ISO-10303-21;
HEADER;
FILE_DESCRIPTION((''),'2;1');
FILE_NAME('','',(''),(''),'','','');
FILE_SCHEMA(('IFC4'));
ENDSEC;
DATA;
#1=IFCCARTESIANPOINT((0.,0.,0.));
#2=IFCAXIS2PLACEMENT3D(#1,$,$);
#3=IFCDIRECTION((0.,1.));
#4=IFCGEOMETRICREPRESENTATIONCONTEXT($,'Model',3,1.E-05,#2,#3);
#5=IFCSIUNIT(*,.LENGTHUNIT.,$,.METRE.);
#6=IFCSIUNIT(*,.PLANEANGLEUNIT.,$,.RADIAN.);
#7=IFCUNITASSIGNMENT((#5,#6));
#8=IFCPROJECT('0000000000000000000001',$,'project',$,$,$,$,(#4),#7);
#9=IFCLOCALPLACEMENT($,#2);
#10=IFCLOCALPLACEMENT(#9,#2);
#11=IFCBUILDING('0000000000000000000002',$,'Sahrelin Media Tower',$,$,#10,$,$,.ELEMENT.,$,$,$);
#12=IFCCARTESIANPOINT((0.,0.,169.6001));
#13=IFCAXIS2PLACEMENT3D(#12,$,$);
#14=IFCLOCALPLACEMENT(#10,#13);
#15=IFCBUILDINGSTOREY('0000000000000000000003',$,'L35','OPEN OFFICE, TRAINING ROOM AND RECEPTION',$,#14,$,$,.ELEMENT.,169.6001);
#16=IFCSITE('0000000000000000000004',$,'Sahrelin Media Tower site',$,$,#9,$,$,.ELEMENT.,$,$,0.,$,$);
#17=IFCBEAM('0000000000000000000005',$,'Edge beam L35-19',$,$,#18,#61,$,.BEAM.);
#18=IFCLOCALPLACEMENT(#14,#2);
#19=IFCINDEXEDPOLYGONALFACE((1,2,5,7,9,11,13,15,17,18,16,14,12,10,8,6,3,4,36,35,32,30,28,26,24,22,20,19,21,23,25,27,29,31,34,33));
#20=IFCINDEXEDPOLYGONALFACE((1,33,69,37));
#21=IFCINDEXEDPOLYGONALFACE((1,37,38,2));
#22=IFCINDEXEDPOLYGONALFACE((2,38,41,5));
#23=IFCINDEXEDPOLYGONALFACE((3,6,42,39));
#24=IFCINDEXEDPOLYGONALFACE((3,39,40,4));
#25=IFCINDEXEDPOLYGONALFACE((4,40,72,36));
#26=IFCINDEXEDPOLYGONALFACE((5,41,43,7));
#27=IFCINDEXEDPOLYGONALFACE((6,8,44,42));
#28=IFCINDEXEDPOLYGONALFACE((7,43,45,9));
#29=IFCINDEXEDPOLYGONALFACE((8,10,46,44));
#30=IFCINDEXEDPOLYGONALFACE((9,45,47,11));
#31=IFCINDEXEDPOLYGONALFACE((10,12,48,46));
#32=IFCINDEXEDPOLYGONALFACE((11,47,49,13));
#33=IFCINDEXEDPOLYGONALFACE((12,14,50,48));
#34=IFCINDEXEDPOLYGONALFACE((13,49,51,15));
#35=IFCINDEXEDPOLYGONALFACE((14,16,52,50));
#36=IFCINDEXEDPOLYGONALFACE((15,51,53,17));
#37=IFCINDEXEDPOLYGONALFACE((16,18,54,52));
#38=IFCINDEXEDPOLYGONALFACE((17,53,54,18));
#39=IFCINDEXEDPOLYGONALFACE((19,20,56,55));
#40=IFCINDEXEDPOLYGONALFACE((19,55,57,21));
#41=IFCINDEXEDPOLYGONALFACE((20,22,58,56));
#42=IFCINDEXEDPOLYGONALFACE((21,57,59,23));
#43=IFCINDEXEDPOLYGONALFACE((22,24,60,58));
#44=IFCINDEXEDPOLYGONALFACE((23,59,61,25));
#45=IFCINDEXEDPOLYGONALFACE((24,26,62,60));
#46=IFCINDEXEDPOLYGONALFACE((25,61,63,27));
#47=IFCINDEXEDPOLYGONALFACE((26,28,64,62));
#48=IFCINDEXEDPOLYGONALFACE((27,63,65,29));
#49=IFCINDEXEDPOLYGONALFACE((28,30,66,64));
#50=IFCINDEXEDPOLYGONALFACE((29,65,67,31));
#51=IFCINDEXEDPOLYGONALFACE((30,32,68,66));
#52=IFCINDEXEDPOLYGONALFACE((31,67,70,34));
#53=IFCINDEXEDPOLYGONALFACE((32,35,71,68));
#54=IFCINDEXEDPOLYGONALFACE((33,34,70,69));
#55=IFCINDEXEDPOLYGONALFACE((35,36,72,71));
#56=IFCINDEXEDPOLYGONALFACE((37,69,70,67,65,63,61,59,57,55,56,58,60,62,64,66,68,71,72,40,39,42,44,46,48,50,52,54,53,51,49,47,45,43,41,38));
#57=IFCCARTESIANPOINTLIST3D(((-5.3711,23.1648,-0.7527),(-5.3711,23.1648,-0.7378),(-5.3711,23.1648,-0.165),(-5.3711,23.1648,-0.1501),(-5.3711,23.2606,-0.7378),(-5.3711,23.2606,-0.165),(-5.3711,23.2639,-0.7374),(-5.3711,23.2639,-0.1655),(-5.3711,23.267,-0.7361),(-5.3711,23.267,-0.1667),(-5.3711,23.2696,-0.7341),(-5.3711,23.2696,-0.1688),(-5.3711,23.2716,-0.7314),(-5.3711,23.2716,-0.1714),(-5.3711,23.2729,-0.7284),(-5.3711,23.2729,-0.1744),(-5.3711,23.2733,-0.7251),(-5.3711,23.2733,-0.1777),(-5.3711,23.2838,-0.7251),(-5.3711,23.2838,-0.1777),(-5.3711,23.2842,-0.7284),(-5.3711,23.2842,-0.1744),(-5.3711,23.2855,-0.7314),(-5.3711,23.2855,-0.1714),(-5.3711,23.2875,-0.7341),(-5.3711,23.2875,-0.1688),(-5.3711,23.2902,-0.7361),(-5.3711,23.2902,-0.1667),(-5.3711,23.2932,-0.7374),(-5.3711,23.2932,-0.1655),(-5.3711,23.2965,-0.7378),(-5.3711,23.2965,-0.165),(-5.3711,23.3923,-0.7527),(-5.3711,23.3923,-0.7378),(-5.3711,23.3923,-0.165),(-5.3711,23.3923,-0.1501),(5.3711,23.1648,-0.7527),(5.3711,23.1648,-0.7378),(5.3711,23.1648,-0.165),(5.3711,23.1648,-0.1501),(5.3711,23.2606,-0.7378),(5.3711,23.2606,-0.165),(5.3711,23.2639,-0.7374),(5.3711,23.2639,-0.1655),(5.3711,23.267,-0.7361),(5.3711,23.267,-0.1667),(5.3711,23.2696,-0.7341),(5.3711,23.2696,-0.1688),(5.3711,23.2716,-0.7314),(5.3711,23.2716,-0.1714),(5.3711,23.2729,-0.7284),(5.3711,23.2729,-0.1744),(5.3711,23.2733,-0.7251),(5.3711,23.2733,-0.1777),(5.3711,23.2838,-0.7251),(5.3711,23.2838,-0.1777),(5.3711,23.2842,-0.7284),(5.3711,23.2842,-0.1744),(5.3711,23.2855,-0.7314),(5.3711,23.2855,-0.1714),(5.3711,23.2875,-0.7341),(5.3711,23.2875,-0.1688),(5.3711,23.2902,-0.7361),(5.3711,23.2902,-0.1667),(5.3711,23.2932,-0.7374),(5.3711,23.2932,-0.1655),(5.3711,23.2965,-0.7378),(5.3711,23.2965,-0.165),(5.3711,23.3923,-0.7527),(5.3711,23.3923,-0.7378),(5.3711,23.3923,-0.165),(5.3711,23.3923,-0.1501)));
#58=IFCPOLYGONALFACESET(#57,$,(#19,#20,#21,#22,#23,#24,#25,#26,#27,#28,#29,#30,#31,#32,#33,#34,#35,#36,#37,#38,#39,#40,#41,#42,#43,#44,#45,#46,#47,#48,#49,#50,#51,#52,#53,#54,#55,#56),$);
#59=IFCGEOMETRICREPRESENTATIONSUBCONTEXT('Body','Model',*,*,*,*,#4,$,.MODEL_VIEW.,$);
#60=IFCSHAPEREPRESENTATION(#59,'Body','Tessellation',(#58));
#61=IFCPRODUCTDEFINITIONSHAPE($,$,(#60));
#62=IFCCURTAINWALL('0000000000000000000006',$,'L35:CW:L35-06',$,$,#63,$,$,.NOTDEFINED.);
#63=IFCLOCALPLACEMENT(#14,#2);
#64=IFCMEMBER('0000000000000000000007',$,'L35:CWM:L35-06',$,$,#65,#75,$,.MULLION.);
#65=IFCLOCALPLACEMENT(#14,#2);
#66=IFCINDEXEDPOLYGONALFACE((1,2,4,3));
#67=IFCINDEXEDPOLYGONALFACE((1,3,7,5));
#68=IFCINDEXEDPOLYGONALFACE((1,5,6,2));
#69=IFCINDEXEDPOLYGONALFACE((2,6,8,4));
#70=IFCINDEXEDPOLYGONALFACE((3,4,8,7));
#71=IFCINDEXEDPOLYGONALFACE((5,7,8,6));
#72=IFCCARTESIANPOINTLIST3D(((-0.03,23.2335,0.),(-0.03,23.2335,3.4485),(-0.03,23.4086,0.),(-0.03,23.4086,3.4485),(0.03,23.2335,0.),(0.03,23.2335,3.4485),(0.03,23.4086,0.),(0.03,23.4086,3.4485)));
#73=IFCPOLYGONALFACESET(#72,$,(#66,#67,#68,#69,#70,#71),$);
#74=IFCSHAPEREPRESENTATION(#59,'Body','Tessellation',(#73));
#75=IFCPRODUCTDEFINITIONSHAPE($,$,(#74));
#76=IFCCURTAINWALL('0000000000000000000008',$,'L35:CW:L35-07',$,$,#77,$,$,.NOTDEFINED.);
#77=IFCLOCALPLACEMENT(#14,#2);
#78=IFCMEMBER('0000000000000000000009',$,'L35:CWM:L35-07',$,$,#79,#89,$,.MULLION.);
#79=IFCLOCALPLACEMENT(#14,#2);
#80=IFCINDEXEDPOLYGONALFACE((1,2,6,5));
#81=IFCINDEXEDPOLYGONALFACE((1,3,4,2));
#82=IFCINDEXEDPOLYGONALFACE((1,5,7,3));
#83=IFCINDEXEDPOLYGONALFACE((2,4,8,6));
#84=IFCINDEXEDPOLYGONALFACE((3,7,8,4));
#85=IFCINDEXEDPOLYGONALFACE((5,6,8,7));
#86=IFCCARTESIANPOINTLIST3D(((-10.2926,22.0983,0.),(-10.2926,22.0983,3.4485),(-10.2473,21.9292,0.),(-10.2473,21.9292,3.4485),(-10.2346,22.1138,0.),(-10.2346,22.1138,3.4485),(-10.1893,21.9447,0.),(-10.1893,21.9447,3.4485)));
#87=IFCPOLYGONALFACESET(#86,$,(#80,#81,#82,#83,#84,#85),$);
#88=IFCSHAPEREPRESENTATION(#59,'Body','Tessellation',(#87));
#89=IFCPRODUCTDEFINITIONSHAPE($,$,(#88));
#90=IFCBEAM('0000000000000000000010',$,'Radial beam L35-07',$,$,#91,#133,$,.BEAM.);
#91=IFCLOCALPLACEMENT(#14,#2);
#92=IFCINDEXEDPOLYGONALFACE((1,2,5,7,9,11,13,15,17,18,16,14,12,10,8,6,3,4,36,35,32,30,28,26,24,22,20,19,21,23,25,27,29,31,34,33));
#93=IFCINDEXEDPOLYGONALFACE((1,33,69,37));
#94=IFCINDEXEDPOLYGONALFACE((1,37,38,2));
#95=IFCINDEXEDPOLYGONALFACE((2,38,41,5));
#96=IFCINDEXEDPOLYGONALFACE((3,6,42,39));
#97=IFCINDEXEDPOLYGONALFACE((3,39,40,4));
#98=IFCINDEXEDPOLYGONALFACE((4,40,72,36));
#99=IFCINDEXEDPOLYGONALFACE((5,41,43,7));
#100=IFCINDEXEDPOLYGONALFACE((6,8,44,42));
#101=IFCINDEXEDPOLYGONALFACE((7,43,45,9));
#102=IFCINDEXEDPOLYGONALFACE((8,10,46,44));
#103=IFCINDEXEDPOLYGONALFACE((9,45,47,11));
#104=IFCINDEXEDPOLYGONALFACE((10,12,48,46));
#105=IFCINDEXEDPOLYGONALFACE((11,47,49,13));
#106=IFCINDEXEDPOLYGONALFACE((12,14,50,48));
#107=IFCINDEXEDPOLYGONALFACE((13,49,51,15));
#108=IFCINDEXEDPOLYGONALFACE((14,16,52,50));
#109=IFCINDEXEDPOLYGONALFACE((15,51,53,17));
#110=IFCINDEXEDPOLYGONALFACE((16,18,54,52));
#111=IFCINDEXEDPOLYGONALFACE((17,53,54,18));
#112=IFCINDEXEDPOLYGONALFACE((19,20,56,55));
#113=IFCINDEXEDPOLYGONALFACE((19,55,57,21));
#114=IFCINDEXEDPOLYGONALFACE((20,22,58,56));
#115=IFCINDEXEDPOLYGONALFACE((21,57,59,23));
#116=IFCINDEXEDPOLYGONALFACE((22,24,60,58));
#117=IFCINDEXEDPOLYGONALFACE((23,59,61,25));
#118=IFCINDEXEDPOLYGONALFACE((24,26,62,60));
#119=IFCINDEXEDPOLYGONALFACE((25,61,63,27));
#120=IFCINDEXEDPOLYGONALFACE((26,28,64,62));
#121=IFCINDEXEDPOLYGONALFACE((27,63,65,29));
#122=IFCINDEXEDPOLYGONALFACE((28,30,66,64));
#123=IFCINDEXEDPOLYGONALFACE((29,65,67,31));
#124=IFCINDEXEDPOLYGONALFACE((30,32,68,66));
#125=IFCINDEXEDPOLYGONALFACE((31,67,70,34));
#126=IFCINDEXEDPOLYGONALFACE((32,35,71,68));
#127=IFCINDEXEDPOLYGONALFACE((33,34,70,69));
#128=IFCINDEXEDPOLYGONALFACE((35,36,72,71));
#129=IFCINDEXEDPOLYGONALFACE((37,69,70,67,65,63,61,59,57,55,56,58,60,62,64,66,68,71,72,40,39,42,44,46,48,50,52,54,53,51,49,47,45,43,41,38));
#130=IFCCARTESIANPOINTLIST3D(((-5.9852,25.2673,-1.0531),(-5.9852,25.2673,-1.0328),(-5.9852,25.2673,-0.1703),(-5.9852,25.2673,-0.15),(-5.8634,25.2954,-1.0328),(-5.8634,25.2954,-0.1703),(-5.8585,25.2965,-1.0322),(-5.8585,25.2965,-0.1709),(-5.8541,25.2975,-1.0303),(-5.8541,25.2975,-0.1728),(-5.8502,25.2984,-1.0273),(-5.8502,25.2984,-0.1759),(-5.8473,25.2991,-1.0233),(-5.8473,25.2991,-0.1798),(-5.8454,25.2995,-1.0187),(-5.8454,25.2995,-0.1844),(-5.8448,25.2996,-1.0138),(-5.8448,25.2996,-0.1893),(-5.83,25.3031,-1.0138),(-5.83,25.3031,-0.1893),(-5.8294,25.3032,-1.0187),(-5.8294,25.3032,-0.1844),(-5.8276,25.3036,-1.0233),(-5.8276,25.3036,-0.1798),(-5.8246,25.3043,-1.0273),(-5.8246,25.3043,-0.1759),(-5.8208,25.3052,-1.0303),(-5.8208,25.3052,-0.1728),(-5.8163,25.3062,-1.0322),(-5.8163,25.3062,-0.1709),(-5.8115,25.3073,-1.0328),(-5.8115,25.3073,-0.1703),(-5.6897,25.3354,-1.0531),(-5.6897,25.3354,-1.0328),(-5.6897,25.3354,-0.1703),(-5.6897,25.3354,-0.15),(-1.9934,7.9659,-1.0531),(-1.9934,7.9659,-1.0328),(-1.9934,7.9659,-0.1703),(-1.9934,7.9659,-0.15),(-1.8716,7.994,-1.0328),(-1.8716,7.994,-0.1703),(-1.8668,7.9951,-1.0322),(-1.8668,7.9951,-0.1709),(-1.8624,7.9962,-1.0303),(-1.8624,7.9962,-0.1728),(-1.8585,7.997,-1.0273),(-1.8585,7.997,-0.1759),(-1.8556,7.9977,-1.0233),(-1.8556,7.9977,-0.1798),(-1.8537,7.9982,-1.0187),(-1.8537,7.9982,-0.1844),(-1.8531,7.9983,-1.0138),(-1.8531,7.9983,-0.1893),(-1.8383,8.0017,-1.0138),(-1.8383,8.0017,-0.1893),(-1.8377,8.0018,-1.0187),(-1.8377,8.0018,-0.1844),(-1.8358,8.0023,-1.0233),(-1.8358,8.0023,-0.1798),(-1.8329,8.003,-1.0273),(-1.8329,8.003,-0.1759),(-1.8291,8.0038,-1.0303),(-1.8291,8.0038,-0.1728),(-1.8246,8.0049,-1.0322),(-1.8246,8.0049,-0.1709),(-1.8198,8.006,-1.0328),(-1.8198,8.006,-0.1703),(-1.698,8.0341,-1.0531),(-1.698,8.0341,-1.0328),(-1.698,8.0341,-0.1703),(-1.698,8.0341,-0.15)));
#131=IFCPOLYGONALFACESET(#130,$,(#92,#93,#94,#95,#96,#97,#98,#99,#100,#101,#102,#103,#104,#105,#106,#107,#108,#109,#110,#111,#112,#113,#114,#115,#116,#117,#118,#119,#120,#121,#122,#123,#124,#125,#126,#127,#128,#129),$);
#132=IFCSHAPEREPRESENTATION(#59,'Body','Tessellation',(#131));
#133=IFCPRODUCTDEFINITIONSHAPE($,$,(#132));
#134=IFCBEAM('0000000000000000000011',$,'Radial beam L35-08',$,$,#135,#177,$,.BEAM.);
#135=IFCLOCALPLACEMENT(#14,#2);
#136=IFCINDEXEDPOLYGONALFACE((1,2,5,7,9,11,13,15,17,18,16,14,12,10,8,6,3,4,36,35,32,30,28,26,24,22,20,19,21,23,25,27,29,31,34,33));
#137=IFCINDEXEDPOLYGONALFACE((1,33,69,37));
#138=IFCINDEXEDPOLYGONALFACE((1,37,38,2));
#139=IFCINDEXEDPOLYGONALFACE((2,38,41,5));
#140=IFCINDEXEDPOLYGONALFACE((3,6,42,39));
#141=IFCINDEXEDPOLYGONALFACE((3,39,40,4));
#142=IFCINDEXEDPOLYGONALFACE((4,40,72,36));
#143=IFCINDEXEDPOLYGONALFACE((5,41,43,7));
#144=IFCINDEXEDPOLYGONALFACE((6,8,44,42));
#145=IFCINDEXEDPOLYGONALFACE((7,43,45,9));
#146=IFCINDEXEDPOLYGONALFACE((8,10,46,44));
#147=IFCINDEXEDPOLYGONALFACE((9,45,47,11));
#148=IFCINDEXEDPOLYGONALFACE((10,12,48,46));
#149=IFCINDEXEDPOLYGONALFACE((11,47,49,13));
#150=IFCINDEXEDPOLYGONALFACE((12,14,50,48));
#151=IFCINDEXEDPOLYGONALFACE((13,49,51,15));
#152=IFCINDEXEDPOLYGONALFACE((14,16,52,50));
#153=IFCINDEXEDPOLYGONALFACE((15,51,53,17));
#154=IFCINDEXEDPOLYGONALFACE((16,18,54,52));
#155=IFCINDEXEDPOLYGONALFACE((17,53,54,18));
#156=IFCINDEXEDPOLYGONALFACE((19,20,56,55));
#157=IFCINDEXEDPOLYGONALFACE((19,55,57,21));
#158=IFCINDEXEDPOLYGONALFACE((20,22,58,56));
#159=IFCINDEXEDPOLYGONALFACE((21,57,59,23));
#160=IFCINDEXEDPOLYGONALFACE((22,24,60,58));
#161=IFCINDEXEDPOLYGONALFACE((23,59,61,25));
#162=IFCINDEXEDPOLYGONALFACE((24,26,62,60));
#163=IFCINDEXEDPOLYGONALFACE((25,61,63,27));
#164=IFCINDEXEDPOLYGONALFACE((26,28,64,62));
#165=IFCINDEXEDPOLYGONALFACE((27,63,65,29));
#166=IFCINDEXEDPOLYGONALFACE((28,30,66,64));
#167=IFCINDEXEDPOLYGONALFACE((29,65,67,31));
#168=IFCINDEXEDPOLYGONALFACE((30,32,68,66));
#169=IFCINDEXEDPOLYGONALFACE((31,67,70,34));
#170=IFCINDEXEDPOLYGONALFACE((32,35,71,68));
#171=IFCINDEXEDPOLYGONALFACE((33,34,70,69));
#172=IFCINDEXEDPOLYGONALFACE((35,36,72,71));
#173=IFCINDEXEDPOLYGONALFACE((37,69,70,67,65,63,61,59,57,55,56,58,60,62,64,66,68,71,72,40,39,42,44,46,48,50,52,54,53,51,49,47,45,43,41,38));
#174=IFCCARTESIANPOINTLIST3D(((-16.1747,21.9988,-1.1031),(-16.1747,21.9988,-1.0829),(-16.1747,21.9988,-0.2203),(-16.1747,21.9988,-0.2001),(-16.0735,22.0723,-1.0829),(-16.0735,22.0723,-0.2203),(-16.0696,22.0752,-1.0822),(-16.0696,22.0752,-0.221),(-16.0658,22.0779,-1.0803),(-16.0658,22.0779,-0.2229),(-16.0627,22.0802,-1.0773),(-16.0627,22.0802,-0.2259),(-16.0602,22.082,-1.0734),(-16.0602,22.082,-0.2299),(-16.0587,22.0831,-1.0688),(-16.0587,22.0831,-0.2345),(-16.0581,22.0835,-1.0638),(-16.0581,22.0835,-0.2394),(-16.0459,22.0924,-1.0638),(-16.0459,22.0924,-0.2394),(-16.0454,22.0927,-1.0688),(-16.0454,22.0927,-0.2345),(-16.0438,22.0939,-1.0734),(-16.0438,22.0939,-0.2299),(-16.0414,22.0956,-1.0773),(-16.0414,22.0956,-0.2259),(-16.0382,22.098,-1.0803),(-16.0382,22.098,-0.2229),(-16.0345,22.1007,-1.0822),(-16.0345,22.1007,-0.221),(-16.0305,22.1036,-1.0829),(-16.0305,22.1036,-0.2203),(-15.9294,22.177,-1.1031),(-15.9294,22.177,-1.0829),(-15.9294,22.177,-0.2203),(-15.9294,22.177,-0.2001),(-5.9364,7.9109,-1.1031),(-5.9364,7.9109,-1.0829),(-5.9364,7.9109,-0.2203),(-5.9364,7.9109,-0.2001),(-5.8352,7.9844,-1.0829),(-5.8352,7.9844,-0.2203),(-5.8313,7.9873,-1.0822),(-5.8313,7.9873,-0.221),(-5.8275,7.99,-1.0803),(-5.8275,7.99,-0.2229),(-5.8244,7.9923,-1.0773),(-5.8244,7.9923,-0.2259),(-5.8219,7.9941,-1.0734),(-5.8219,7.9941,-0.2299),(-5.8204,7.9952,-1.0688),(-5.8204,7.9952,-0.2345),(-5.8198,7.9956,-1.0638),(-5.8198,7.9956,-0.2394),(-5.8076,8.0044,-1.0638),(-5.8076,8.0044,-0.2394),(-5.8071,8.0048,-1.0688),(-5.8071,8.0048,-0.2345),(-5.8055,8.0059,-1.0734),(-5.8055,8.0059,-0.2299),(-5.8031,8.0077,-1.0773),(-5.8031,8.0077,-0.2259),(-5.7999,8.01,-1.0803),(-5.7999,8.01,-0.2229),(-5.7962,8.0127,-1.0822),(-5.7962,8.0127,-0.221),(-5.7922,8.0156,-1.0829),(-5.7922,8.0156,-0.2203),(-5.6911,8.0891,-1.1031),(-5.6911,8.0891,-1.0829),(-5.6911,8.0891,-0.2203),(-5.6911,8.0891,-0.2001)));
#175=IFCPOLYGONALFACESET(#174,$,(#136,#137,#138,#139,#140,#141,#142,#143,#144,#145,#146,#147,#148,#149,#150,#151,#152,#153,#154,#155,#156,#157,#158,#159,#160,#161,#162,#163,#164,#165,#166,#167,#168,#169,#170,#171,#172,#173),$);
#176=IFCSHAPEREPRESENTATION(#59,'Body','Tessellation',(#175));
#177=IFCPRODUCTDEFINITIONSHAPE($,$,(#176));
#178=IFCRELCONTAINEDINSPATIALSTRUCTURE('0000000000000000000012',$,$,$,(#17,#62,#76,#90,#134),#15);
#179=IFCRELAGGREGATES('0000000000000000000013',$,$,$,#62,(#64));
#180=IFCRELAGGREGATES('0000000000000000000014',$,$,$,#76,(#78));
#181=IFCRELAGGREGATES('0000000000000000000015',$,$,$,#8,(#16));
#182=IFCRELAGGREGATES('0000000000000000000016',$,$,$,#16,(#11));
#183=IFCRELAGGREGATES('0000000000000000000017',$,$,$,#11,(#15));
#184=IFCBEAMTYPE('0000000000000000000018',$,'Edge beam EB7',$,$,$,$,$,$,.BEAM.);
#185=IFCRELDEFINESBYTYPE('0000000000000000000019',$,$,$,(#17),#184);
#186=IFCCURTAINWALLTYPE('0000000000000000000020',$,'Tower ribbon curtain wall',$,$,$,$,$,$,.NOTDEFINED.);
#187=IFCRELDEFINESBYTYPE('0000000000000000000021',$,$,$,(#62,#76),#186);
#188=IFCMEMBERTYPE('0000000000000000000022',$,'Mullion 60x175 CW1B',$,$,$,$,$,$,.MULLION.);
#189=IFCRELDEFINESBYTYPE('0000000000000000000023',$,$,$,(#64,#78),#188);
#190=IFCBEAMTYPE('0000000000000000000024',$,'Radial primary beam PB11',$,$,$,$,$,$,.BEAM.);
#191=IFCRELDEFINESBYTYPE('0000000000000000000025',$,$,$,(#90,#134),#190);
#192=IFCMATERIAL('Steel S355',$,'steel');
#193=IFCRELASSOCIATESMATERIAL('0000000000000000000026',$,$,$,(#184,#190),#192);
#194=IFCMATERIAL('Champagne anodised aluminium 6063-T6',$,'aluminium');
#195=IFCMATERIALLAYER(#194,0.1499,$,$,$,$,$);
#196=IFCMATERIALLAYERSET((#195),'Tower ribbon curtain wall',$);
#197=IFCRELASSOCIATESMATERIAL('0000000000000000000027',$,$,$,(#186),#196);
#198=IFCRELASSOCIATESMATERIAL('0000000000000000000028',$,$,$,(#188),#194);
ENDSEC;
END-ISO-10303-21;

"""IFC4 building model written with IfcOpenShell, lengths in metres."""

from ifc_helpers import new_model, si_unit, direction, frame, origin, origin_2d, place, context, subcontext, project, spatial, rectangle, i_section, extrude, material, layer, layer_set, material_profile, profile_set, type_object, element, aggregate, save


model = new_model("IFC4")

# Units and contexts
model_context = context("Model", 3, precision=1e-05, world=origin(), true_north=direction((0.0, 1.0)))
body_context = subcontext(model_context, "Body", "Model", "MODEL_VIEW")
ifc_project = project(units=[si_unit("LENGTHUNIT", "METRE"), si_unit("PLANEANGLEUNIT", "RADIAN")], contexts=[model_context])

# Site, building, storey
site_placement = place(None, origin())
site = spatial("IfcSite", under=ifc_project, at=site_placement, Name="Sahrelin Media Tower site", CompositionType="ELEMENT", RefElevation=0.0)
building_placement = place(site_placement, origin())
building = spatial("IfcBuilding", under=site, at=building_placement, Name="Sahrelin Media Tower", CompositionType="ELEMENT")
storey_placement = place(building_placement, frame((0.0, 0.0, 169.6001)))
storey = spatial("IfcBuildingStorey", under=building, at=storey_placement, Name="L35", Description="OPEN OFFICE, TRAINING ROOM AND RECEPTION", CompositionType="ELEMENT", Elevation=169.6001)

# Beam
ifc_material_1 = material(Name="Steel S355", Category="steel")
ifc_material_profile_1 = material_profile(ifc_material_1, i_section(OverallWidth=0.2275, OverallDepth=0.6025, WebThickness=0.0105, FlangeThickness=0.0149, FilletRadius=0.0127, at=origin_2d()), Name="UB 610x229x101")
ifc_profile_set_1 = profile_set([ifc_material_profile_1], Name="Steel S355")
beam_type_1 = type_object("IfcBeamType", Name="Edge beam EB7", PredefinedType="BEAM", material=ifc_profile_set_1)
beam_1_placement = place(storey_placement, frame((-5.3711, 23.2786, -0.4514), z_axis=(1.0, 0.0, 0.0), x_axis=(0.0, 1.0, 0.0)))
element("IfcBeam", 1, at=beam_1_placement, inside=storey, type_object=beam_type_1, Name="Edge beam L35-19", PredefinedType="BEAM", context=body_context, shape_type="SweptSolid", body=[
    extrude(i_section(OverallWidth=0.2275, OverallDepth=0.6025, WebThickness=0.0105, FlangeThickness=0.0149, FilletRadius=0.0127, at=origin_2d()), origin(), (0.0, 0.0, 1.0), 10.7422),
])

# Curtain walls, members
ifc_material_2 = material(Name="Champagne anodised aluminium 6063-T6", Category="aluminium")
ifc_layer_1 = layer(ifc_material_2, 0.1499)
ifc_layer_set_1 = layer_set([ifc_layer_1], Name="Tower ribbon curtain wall")
curtain_wall_type = type_object("IfcCurtainWallType", Name="Tower ribbon curtain wall", PredefinedType="NOTDEFINED", material=ifc_layer_set_1)
placement_1 = place(storey_placement, frame((0.0, 23.4285, 0.0), z_axis=(0.0, 0.0, 1.0), x_axis=(1.0, 0.0, 0.0)))
curtain_wall_1 = element("IfcCurtainWall", 2, at=placement_1, inside=storey, type_object=curtain_wall_type, Name="L35:CW:L35-06", PredefinedType="NOTDEFINED")
ifc_material_profile_2 = material_profile(ifc_material_2, rectangle(XDim=0.0601, YDim=0.175, at=origin_2d()), Name="Mullion 60x175")
ifc_profile_set_2 = profile_set([ifc_material_profile_2], Name="Champagne anodised aluminium 6063-T6")
member_type_1 = type_object("IfcMemberType", Name="Mullion 60x175 CW1B", PredefinedType="MULLION", material=ifc_profile_set_2)
member_1_placement = place(storey_placement, frame((0.0, 23.321, 0.0), z_axis=(0.0, 0.0, 1.0), x_axis=(-1.0, 0.0, 0.0)))
member_1 = element("IfcMember", 3, at=member_1_placement, type_object=member_type_1, Name="L35:CWM:L35-06", PredefinedType="MULLION", context=body_context, shape_type="SweptSolid", body=[
    extrude(rectangle(XDim=0.0601, YDim=0.175, at=origin_2d()), origin(), (0.0, 0.0, 1.0), 3.4485),
])
aggregate(curtain_wall_1, [member_1])
curtain_wall_2_placement = place(storey_placement, frame((-10.2688, 22.1255, 0.0), z_axis=(0.0, 0.0, 1.0), x_axis=(1.0, 0.0, 0.0)))
curtain_wall_2 = element("IfcCurtainWall", 4, at=curtain_wall_2_placement, inside=storey, type_object=curtain_wall_type, Name="L35:CW:L35-07", PredefinedType="NOTDEFINED")
member_2_placement = place(storey_placement, frame((-10.241, 22.0215, 0.0), z_axis=(0.0, 0.0, 1.0), x_axis=(-0.965924, -0.258826, 0.0)))
member_2 = element("IfcMember", 5, at=member_2_placement, type_object=member_type_1, Name="L35:CWM:L35-07", PredefinedType="MULLION", context=body_context, shape_type="SweptSolid", body=[
    extrude(rectangle(XDim=0.0601, YDim=0.175, at=origin_2d()), origin(), (0.0, 0.0, 1.0), 3.4485),
])

# Beams
ifc_material_profile_3 = material_profile(ifc_material_1, i_section(OverallWidth=0.3032, OverallDepth=0.9031, WebThickness=0.0151, FlangeThickness=0.0203, FilletRadius=0.019, at=origin_2d()), Name="UB 914x305x201")
ifc_profile_set_3 = profile_set([ifc_material_profile_3], Name="Steel S355")
beam_type_2 = type_object("IfcBeamType", Name="Radial primary beam PB11", PredefinedType="BEAM", material=ifc_profile_set_3)
beam_2_placement = place(storey_placement, frame((-1.8457, 8.0, -0.6016), z_axis=(-0.224811, 0.974402, 0.0), x_axis=(-0.974402, -0.224811, 0.0)))
element("IfcBeam", 6, at=beam_2_placement, inside=storey, type_object=beam_type_2, Name="Radial beam L35-07", PredefinedType="BEAM", context=body_context, shape_type="SweptSolid", body=[
    extrude(i_section(OverallWidth=0.3032, OverallDepth=0.9031, WebThickness=0.0151, FlangeThickness=0.0203, FilletRadius=0.019, at=origin_2d()), origin(), (0.0, 0.0, 1.0), 17.7559),
])
beam_3_placement = place(storey_placement, frame((-5.8137, 8.0, -0.6516), z_axis=(-0.587892, 0.80894, 0.0), x_axis=(-0.80894, -0.587892, 0.0)))
element("IfcBeam", 7, at=beam_3_placement, inside=storey, type_object=beam_type_2, Name="Radial beam L35-08", PredefinedType="BEAM", context=body_context, shape_type="SweptSolid", body=[
    extrude(i_section(OverallWidth=0.3032, OverallDepth=0.9031, WebThickness=0.0151, FlangeThickness=0.0203, FilletRadius=0.019, at=origin_2d()), origin(), (0.0, 0.0, 1.0), 17.4153),
])

aggregate(curtain_wall_2, [member_2])

save(model, "model.ifc")
